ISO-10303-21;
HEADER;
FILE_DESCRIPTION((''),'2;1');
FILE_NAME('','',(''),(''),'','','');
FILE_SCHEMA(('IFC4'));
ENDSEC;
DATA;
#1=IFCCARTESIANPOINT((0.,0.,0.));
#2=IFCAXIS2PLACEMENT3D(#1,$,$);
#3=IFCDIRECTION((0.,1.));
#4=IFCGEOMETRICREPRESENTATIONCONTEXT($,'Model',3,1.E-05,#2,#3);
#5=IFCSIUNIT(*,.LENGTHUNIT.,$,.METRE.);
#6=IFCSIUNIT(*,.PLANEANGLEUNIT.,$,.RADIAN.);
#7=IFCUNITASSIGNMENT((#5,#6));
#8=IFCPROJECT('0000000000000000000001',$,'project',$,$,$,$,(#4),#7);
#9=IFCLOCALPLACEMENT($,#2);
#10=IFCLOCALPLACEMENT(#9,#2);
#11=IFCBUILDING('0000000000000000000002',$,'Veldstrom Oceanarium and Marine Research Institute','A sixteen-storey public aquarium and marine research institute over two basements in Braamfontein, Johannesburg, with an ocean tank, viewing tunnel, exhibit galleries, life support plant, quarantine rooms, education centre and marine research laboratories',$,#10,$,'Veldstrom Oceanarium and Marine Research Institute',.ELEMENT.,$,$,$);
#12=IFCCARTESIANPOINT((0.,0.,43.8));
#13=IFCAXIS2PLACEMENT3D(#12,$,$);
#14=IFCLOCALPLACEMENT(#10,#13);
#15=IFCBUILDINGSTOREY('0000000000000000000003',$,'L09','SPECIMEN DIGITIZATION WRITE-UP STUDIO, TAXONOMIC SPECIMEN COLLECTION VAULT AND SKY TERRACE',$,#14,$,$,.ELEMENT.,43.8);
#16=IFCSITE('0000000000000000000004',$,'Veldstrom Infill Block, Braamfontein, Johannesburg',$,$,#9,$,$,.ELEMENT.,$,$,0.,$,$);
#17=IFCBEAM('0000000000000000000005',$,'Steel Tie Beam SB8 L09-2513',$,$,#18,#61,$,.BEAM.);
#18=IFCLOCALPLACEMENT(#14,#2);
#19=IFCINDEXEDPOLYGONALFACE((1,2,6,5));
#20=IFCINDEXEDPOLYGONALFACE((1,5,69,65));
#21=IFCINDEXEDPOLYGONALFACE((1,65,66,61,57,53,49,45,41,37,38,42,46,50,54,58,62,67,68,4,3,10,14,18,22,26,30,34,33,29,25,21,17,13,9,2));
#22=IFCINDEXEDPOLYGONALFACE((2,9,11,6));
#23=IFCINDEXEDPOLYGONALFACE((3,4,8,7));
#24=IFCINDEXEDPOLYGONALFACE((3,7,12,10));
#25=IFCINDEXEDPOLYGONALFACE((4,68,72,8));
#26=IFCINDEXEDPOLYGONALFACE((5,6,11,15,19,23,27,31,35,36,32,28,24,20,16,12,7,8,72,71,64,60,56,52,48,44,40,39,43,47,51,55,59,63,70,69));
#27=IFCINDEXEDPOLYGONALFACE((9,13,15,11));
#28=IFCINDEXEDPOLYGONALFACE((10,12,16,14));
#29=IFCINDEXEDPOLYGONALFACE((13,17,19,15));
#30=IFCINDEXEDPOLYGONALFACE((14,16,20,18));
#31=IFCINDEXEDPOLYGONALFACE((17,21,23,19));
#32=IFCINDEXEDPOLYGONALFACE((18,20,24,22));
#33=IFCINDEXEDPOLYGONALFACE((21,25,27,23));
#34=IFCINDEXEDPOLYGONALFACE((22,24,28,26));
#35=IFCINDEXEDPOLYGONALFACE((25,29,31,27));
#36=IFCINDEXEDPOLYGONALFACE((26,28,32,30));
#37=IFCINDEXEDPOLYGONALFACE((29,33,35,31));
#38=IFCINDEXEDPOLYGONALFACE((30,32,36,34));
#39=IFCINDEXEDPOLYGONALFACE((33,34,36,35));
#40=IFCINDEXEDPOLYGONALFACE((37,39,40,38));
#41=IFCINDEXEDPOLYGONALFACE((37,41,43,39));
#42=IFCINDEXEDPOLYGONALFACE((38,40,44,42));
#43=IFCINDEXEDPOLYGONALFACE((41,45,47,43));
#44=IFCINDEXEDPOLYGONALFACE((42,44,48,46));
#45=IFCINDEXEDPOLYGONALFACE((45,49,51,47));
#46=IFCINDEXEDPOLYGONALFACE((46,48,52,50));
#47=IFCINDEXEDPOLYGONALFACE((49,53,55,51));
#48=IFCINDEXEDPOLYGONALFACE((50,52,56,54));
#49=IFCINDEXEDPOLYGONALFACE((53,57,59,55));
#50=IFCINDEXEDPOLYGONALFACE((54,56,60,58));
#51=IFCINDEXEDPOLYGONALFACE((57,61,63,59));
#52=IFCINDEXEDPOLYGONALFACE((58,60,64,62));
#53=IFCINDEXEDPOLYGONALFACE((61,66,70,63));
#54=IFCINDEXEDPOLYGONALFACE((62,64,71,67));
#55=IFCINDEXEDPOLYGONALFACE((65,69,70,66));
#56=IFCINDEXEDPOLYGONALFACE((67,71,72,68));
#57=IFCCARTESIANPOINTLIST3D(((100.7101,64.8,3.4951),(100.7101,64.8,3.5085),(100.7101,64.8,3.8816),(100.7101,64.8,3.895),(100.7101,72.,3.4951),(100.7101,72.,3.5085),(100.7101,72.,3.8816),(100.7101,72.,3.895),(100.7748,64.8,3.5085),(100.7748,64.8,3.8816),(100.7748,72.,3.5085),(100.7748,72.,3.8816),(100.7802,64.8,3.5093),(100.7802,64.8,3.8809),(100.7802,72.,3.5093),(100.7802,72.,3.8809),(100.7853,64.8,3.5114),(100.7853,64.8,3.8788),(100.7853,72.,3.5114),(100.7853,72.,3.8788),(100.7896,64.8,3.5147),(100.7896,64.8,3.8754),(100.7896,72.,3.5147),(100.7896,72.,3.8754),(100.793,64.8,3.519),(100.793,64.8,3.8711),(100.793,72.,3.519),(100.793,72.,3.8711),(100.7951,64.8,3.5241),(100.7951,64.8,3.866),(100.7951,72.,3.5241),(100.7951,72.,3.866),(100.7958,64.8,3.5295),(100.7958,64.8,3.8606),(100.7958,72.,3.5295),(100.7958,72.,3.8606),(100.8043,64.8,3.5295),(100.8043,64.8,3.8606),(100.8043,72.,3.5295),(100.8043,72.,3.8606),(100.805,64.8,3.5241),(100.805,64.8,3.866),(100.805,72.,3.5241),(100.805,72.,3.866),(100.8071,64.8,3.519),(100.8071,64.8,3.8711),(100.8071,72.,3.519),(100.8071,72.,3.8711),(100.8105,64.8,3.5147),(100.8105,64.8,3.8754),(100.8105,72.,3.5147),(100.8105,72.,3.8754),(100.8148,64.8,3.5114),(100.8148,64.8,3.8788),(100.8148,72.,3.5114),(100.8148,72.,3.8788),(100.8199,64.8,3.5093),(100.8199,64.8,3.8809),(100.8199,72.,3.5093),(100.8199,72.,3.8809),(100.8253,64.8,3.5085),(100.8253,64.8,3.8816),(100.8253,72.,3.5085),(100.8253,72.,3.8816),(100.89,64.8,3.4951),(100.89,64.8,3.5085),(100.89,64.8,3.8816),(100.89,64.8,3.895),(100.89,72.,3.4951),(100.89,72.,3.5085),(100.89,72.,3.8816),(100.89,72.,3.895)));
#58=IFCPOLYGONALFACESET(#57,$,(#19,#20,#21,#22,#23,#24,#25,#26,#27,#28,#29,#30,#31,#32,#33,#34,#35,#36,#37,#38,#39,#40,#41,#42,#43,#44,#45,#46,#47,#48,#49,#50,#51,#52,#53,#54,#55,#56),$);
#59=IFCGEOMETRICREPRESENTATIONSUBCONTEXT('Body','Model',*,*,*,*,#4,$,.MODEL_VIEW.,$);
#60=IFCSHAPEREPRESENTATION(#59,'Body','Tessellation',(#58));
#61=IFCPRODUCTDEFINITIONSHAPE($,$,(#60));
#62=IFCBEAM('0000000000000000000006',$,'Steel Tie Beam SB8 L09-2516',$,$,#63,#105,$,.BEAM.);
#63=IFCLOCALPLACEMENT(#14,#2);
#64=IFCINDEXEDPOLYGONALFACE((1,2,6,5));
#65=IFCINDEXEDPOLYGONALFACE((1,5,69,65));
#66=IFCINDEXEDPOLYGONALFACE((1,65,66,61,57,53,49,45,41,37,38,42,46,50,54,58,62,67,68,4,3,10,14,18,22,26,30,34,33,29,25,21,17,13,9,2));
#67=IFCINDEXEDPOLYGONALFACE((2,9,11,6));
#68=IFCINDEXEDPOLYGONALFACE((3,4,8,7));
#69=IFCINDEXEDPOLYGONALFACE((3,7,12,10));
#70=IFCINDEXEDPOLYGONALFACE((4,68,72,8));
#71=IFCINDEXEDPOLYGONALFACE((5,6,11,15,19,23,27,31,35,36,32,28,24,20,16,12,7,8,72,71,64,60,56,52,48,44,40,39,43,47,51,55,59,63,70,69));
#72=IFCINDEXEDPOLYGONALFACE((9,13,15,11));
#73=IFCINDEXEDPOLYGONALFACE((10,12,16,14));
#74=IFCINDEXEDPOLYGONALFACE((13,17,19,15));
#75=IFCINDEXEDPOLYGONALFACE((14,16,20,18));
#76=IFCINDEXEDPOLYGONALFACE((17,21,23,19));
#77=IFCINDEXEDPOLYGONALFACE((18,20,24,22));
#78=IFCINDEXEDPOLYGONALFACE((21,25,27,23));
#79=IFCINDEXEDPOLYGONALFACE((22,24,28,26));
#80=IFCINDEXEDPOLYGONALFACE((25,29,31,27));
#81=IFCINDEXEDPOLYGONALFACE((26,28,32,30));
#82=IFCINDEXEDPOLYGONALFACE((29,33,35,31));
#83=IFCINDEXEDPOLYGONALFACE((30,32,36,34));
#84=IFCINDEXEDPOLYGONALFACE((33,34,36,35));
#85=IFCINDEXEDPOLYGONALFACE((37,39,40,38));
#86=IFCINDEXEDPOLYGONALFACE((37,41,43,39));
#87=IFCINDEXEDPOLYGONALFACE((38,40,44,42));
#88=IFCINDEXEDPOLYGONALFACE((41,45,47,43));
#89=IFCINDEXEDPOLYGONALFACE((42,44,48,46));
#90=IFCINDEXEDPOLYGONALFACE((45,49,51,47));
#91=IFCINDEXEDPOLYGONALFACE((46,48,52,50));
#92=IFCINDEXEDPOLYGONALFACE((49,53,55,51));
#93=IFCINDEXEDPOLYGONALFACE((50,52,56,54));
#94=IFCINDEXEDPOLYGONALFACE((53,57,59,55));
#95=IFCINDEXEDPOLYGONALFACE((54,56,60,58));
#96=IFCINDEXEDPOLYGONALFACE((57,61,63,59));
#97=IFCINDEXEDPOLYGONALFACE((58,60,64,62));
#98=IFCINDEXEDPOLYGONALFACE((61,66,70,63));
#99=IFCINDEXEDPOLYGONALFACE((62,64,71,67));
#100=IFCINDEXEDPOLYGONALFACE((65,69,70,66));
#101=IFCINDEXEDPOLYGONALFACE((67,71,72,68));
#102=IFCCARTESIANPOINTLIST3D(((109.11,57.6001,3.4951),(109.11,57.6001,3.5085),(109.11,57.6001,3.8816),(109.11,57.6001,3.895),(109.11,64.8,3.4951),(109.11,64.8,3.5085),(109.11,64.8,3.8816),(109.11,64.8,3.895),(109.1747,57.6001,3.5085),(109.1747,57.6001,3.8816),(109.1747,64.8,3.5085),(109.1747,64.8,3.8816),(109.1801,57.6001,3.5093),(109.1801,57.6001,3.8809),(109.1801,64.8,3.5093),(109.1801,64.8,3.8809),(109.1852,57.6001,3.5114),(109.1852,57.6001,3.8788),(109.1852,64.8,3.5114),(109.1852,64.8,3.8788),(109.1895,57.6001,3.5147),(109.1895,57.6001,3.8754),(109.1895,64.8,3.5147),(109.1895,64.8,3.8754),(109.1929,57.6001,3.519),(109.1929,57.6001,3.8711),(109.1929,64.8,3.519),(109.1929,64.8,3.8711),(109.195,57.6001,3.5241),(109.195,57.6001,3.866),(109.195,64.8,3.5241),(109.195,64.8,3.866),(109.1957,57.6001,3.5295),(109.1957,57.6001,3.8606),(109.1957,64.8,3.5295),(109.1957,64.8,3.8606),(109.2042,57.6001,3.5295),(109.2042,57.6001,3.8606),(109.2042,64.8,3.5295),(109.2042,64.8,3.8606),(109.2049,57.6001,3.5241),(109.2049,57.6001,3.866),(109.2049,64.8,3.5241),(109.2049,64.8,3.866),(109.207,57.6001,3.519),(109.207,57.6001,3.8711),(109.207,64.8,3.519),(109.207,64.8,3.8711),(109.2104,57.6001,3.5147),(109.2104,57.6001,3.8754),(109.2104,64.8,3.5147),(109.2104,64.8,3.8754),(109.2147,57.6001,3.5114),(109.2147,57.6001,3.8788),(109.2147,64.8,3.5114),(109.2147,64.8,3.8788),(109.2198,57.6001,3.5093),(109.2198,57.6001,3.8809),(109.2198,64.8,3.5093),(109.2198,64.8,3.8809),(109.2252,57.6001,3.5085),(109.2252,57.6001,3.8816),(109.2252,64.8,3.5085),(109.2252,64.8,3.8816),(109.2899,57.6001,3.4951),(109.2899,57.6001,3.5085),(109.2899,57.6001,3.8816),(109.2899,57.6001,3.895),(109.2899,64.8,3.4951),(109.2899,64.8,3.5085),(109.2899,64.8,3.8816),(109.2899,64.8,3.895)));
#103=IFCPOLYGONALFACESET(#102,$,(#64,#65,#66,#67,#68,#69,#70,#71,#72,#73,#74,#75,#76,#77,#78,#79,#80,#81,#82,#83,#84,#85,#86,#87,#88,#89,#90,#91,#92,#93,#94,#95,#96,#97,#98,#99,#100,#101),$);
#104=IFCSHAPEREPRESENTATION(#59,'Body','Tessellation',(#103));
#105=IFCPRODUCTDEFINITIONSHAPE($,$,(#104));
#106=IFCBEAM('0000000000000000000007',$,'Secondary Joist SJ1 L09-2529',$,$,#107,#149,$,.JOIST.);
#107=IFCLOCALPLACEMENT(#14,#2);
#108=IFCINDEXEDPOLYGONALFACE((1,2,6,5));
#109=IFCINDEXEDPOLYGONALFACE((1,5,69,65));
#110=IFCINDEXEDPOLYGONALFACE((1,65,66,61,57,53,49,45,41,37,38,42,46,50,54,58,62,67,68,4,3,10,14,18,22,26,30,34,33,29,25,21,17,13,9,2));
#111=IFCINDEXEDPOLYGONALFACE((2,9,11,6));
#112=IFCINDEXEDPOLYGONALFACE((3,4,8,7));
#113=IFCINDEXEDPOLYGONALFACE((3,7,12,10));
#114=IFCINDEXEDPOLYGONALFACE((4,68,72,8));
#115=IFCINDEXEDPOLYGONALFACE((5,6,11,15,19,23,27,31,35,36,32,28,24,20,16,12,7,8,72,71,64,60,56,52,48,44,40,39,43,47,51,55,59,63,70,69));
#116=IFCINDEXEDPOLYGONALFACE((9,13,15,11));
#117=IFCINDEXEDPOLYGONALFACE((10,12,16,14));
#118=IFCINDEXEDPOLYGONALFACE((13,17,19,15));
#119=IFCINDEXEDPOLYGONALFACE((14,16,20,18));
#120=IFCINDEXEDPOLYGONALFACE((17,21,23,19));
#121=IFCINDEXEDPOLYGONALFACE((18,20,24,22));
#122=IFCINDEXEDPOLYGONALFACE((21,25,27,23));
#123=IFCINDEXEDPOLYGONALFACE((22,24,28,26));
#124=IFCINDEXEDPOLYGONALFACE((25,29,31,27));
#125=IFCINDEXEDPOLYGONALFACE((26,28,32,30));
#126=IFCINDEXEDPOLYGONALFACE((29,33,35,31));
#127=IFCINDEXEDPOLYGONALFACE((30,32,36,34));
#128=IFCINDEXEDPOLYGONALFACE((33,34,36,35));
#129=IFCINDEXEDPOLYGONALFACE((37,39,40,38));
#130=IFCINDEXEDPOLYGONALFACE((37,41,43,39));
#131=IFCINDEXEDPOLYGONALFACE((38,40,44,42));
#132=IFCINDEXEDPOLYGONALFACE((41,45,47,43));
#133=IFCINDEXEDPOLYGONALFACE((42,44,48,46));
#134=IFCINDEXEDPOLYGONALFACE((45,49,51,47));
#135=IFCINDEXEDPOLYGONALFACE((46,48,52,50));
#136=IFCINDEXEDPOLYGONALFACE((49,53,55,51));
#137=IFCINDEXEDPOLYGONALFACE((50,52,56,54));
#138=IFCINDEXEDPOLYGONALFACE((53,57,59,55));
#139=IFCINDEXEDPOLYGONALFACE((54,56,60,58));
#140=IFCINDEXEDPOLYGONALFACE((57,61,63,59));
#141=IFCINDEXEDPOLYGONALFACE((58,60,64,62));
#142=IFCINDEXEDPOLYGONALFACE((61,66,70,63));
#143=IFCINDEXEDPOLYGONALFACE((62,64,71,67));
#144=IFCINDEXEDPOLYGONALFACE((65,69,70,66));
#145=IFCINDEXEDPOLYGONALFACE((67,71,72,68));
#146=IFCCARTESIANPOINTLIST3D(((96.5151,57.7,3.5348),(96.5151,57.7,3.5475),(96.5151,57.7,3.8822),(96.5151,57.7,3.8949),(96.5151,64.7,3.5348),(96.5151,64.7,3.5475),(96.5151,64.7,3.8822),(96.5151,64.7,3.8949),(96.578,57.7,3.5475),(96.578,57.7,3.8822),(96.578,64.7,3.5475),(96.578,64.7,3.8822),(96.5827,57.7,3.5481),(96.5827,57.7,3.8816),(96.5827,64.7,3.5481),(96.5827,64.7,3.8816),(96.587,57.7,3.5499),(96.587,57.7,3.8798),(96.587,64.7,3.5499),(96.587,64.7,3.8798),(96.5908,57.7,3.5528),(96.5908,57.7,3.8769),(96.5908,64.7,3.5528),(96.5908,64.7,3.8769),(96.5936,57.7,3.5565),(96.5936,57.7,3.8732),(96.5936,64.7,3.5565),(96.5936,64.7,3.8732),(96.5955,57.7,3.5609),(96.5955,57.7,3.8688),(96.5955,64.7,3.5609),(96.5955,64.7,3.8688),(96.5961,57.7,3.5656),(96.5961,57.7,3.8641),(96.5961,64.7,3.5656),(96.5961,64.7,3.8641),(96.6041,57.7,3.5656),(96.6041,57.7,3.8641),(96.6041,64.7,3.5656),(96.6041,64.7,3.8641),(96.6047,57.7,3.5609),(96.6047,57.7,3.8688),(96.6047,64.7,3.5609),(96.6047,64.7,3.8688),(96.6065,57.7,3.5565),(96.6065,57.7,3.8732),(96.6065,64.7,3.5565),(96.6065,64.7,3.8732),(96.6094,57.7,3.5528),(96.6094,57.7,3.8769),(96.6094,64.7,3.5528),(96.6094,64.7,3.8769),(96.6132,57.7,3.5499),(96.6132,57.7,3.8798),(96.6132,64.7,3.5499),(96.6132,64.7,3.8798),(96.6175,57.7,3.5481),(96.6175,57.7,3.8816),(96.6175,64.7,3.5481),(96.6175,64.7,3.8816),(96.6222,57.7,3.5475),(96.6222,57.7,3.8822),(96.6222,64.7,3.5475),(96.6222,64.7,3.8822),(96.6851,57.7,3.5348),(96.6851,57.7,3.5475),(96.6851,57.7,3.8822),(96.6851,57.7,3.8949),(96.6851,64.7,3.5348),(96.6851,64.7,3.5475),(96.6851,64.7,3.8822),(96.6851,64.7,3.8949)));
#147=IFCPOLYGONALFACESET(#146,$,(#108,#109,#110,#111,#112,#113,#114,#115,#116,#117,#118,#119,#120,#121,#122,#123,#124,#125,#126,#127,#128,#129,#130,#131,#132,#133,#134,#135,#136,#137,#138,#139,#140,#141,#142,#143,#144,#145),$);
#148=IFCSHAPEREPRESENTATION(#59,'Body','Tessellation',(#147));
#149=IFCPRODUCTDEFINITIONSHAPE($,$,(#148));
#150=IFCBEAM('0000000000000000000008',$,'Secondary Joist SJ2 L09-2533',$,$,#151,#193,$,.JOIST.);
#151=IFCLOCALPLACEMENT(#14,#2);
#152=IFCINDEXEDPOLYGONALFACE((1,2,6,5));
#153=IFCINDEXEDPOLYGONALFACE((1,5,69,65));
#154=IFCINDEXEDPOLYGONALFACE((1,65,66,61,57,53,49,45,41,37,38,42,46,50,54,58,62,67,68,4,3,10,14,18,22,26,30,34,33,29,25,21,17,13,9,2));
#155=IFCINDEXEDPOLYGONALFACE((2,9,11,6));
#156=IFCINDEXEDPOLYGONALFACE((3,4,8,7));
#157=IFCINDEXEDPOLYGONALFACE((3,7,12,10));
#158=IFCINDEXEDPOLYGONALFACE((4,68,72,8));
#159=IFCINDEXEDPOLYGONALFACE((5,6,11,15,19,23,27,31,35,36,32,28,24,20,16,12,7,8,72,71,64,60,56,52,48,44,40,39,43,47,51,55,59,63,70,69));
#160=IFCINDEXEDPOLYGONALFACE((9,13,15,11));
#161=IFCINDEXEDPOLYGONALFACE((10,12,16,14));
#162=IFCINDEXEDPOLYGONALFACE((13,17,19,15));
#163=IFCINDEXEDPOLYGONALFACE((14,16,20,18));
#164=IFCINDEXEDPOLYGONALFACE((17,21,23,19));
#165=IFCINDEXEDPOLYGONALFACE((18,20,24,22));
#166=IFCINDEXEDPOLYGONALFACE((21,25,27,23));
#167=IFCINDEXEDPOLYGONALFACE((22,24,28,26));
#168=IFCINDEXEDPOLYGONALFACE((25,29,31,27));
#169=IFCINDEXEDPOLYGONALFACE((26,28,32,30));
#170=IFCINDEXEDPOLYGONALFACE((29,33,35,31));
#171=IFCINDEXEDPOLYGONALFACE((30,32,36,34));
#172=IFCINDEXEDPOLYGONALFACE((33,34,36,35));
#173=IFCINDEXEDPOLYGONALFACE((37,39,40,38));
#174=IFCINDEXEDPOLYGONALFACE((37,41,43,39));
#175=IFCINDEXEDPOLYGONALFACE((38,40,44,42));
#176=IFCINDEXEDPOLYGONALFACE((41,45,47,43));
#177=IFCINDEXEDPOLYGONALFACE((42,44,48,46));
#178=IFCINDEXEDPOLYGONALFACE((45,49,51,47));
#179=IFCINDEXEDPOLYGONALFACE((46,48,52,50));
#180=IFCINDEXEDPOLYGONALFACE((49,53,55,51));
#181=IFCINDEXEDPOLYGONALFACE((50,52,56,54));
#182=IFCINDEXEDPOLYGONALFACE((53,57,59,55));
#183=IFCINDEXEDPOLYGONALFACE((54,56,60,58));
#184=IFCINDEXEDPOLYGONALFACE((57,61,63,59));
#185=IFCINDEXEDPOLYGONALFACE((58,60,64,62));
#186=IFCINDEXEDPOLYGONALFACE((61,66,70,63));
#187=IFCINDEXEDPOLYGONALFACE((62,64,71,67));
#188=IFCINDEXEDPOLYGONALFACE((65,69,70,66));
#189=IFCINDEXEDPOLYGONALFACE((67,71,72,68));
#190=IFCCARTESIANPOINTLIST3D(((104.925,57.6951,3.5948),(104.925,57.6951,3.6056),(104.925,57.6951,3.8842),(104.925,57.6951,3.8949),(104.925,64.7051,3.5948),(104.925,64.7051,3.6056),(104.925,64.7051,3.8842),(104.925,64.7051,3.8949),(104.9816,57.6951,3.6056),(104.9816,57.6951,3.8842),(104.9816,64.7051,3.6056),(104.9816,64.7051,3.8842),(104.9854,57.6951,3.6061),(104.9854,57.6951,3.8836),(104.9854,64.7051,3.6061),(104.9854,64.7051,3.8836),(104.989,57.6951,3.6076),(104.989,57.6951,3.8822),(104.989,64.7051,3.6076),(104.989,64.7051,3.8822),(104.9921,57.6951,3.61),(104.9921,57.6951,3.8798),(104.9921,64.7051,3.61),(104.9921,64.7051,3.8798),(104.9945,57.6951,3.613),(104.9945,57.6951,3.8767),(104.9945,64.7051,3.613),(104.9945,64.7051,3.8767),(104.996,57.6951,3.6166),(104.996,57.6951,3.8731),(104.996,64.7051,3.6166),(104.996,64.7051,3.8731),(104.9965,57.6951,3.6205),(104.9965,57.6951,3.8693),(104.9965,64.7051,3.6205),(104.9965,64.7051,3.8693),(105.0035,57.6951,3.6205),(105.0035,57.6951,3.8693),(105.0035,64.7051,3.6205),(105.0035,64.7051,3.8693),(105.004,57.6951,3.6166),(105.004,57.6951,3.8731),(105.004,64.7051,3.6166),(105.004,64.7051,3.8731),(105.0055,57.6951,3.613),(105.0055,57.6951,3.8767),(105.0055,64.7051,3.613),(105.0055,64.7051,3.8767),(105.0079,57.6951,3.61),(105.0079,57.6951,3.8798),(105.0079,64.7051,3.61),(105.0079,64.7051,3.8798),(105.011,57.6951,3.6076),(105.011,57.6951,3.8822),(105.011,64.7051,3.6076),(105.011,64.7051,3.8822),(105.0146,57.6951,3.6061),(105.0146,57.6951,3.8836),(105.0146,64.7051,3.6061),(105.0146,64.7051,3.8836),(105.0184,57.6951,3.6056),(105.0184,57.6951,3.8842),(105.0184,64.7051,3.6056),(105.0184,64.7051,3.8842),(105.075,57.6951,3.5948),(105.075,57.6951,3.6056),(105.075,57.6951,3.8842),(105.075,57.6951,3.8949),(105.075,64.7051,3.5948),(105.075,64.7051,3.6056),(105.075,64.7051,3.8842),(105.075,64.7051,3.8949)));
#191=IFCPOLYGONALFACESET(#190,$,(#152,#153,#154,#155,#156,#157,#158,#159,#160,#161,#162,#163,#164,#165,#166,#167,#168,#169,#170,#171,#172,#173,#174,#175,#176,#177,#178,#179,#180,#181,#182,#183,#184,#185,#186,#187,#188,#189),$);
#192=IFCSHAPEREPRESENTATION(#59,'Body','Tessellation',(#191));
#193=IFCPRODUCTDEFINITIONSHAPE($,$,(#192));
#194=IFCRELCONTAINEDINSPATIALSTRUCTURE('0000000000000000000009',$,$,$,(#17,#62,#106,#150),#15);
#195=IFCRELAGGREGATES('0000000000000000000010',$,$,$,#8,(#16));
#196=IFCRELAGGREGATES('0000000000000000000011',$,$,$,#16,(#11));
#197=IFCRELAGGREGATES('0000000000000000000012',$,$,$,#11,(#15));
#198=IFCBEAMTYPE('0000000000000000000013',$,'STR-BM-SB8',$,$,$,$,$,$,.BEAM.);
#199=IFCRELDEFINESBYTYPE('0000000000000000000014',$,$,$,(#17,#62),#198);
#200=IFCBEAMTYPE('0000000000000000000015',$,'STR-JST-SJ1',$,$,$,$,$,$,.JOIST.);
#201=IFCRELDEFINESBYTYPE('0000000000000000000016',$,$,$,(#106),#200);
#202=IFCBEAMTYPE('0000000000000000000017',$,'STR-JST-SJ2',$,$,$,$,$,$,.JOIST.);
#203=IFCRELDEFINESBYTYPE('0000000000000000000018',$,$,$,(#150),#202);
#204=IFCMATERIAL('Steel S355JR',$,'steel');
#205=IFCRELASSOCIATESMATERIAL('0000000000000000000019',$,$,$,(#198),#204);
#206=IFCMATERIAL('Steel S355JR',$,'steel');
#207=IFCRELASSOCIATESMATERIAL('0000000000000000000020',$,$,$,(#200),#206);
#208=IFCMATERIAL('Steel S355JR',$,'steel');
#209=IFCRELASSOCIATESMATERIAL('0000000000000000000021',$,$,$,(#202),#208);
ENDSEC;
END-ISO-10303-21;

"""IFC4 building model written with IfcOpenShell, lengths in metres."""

from ifc_helpers import new_model, si_unit, direction, frame, origin, origin_2d, place, context, subcontext, project, spatial, i_section, extrude, material, material_profile, profile_set, type_object, element, save


model = new_model("IFC4")

# Units and contexts
model_context = context("Model", 3, precision=1e-05, world=origin(), true_north=direction((0.0, 1.0)))
body_context = subcontext(model_context, "Body", "Model", "MODEL_VIEW")
ifc_project = project(units=[si_unit("LENGTHUNIT", "METRE"), si_unit("PLANEANGLEUNIT", "RADIAN")], contexts=[model_context])

# Site, building, storey
site_placement = place(None, origin())
site = spatial("IfcSite", under=ifc_project, at=site_placement, Name="Veldstrom Infill Block, Braamfontein, Johannesburg", CompositionType="ELEMENT", RefElevation=0.0)
building_placement = place(site_placement, origin())
building = spatial("IfcBuilding", under=site, at=building_placement, Name="Veldstrom Oceanarium and Marine Research Institute", Description="A sixteen-storey public aquarium and marine research institute over two basements in Braamfontein, Johannesburg, with an ocean tank, viewing tunnel, exhibit galleries, life support plant, quarantine rooms, education centre and marine research laboratories", LongName="Veldstrom Oceanarium and Marine Research Institute", CompositionType="ELEMENT")
storey_placement = place(building_placement, frame((0.0, 0.0, 43.8)))
storey = spatial("IfcBuildingStorey", under=building, at=storey_placement, Name="L09", Description="SPECIMEN DIGITIZATION WRITE-UP STUDIO, TAXONOMIC SPECIMEN COLLECTION VAULT AND SKY TERRACE", CompositionType="ELEMENT", Elevation=43.8)

# Beams
ifc_material_1 = material(Name="Steel S355JR", Category="steel")
ifc_material_profile_1 = material_profile(ifc_material_1, i_section(OverallWidth=0.1799, OverallDepth=0.3999, WebThickness=0.0085, FlangeThickness=0.0134, FilletRadius=0.021, at=origin_2d()), Name="IPE 400")
ifc_profile_set_1 = profile_set([ifc_material_profile_1], Name="Steel S355JR")
beam_type_1 = type_object("IfcBeamType", Name="STR-BM-SB8", PredefinedType="BEAM", material=ifc_profile_set_1)
for number, where, z_axis, x_axis, name in (
    (1, (100.8, 64.8, 3.6951), (0.0, 1.0, 0.0), (-1.0, 0.0, 0.0), "Steel Tie Beam SB8 L09-2513"),
    (2, (109.2, 57.6001, 3.6951), (0.0, 1.0, 0.0), (-1.0, 0.0, 0.0), "Steel Tie Beam SB8 L09-2516"),
):
    element("IfcBeam", number, at=place(storey_placement, frame(where, z_axis=z_axis, x_axis=x_axis)), inside=storey, type_object=beam_type_1, Name=name, PredefinedType="BEAM", context=body_context, shape_type="SweptSolid", body=[
        extrude(i_section(OverallWidth=0.1799, OverallDepth=0.3999, WebThickness=0.0085, FlangeThickness=0.0134, FilletRadius=0.021, at=origin_2d()), origin(), (0.0, 0.0, 1.0), 7.2),
    ])
ifc_material_2 = material(Name="Steel S355JR", Category="steel")
ifc_material_profile_2 = material_profile(ifc_material_2, i_section(OverallWidth=0.1699, OverallDepth=0.3601, WebThickness=0.0081, FlangeThickness=0.0127, FilletRadius=0.0181, at=origin_2d()), Name="IPE 360")
ifc_profile_set_2 = profile_set([ifc_material_profile_2], Name="Steel S355JR")
beam_type_2 = type_object("IfcBeamType", Name="STR-JST-SJ1", PredefinedType="JOIST", material=ifc_profile_set_2)
beam_1_placement = place(storey_placement, frame((96.6001, 57.7, 3.7148), z_axis=(0.0, 1.0, 0.0), x_axis=(-1.0, 0.0, 0.0)))
element("IfcBeam", 3, at=beam_1_placement, inside=storey, type_object=beam_type_2, Name="Secondary Joist SJ1 L09-2529", PredefinedType="JOIST", context=body_context, shape_type="SweptSolid", body=[
    extrude(i_section(OverallWidth=0.1699, OverallDepth=0.3601, WebThickness=0.0081, FlangeThickness=0.0127, FilletRadius=0.0181, at=origin_2d()), origin(), (0.0, 0.0, 1.0), 7.0),
])
ifc_material_3 = material(Name="Steel S355JR", Category="steel")
ifc_material_profile_3 = material_profile(ifc_material_3, i_section(OverallWidth=0.1499, OverallDepth=0.3, WebThickness=0.0071, FlangeThickness=0.0107, FilletRadius=0.0149, at=origin_2d()), Name="IPE 300")
ifc_profile_set_3 = profile_set([ifc_material_profile_3], Name="Steel S355JR")
beam_type_3 = type_object("IfcBeamType", Name="STR-JST-SJ2", PredefinedType="JOIST", material=ifc_profile_set_3)
beam_2_placement = place(storey_placement, frame((105.0, 57.6951, 3.7449), z_axis=(0.0, 1.0, 0.0), x_axis=(-1.0, 0.0, 0.0)))
element("IfcBeam", 4, at=beam_2_placement, inside=storey, type_object=beam_type_3, Name="Secondary Joist SJ2 L09-2533", PredefinedType="JOIST", context=body_context, shape_type="SweptSolid", body=[
    extrude(i_section(OverallWidth=0.1499, OverallDepth=0.3, WebThickness=0.0071, FlangeThickness=0.0107, FilletRadius=0.0149, at=origin_2d()), origin(), (0.0, 0.0, 1.0), 7.01),
])

save(model, "model.ifc")
